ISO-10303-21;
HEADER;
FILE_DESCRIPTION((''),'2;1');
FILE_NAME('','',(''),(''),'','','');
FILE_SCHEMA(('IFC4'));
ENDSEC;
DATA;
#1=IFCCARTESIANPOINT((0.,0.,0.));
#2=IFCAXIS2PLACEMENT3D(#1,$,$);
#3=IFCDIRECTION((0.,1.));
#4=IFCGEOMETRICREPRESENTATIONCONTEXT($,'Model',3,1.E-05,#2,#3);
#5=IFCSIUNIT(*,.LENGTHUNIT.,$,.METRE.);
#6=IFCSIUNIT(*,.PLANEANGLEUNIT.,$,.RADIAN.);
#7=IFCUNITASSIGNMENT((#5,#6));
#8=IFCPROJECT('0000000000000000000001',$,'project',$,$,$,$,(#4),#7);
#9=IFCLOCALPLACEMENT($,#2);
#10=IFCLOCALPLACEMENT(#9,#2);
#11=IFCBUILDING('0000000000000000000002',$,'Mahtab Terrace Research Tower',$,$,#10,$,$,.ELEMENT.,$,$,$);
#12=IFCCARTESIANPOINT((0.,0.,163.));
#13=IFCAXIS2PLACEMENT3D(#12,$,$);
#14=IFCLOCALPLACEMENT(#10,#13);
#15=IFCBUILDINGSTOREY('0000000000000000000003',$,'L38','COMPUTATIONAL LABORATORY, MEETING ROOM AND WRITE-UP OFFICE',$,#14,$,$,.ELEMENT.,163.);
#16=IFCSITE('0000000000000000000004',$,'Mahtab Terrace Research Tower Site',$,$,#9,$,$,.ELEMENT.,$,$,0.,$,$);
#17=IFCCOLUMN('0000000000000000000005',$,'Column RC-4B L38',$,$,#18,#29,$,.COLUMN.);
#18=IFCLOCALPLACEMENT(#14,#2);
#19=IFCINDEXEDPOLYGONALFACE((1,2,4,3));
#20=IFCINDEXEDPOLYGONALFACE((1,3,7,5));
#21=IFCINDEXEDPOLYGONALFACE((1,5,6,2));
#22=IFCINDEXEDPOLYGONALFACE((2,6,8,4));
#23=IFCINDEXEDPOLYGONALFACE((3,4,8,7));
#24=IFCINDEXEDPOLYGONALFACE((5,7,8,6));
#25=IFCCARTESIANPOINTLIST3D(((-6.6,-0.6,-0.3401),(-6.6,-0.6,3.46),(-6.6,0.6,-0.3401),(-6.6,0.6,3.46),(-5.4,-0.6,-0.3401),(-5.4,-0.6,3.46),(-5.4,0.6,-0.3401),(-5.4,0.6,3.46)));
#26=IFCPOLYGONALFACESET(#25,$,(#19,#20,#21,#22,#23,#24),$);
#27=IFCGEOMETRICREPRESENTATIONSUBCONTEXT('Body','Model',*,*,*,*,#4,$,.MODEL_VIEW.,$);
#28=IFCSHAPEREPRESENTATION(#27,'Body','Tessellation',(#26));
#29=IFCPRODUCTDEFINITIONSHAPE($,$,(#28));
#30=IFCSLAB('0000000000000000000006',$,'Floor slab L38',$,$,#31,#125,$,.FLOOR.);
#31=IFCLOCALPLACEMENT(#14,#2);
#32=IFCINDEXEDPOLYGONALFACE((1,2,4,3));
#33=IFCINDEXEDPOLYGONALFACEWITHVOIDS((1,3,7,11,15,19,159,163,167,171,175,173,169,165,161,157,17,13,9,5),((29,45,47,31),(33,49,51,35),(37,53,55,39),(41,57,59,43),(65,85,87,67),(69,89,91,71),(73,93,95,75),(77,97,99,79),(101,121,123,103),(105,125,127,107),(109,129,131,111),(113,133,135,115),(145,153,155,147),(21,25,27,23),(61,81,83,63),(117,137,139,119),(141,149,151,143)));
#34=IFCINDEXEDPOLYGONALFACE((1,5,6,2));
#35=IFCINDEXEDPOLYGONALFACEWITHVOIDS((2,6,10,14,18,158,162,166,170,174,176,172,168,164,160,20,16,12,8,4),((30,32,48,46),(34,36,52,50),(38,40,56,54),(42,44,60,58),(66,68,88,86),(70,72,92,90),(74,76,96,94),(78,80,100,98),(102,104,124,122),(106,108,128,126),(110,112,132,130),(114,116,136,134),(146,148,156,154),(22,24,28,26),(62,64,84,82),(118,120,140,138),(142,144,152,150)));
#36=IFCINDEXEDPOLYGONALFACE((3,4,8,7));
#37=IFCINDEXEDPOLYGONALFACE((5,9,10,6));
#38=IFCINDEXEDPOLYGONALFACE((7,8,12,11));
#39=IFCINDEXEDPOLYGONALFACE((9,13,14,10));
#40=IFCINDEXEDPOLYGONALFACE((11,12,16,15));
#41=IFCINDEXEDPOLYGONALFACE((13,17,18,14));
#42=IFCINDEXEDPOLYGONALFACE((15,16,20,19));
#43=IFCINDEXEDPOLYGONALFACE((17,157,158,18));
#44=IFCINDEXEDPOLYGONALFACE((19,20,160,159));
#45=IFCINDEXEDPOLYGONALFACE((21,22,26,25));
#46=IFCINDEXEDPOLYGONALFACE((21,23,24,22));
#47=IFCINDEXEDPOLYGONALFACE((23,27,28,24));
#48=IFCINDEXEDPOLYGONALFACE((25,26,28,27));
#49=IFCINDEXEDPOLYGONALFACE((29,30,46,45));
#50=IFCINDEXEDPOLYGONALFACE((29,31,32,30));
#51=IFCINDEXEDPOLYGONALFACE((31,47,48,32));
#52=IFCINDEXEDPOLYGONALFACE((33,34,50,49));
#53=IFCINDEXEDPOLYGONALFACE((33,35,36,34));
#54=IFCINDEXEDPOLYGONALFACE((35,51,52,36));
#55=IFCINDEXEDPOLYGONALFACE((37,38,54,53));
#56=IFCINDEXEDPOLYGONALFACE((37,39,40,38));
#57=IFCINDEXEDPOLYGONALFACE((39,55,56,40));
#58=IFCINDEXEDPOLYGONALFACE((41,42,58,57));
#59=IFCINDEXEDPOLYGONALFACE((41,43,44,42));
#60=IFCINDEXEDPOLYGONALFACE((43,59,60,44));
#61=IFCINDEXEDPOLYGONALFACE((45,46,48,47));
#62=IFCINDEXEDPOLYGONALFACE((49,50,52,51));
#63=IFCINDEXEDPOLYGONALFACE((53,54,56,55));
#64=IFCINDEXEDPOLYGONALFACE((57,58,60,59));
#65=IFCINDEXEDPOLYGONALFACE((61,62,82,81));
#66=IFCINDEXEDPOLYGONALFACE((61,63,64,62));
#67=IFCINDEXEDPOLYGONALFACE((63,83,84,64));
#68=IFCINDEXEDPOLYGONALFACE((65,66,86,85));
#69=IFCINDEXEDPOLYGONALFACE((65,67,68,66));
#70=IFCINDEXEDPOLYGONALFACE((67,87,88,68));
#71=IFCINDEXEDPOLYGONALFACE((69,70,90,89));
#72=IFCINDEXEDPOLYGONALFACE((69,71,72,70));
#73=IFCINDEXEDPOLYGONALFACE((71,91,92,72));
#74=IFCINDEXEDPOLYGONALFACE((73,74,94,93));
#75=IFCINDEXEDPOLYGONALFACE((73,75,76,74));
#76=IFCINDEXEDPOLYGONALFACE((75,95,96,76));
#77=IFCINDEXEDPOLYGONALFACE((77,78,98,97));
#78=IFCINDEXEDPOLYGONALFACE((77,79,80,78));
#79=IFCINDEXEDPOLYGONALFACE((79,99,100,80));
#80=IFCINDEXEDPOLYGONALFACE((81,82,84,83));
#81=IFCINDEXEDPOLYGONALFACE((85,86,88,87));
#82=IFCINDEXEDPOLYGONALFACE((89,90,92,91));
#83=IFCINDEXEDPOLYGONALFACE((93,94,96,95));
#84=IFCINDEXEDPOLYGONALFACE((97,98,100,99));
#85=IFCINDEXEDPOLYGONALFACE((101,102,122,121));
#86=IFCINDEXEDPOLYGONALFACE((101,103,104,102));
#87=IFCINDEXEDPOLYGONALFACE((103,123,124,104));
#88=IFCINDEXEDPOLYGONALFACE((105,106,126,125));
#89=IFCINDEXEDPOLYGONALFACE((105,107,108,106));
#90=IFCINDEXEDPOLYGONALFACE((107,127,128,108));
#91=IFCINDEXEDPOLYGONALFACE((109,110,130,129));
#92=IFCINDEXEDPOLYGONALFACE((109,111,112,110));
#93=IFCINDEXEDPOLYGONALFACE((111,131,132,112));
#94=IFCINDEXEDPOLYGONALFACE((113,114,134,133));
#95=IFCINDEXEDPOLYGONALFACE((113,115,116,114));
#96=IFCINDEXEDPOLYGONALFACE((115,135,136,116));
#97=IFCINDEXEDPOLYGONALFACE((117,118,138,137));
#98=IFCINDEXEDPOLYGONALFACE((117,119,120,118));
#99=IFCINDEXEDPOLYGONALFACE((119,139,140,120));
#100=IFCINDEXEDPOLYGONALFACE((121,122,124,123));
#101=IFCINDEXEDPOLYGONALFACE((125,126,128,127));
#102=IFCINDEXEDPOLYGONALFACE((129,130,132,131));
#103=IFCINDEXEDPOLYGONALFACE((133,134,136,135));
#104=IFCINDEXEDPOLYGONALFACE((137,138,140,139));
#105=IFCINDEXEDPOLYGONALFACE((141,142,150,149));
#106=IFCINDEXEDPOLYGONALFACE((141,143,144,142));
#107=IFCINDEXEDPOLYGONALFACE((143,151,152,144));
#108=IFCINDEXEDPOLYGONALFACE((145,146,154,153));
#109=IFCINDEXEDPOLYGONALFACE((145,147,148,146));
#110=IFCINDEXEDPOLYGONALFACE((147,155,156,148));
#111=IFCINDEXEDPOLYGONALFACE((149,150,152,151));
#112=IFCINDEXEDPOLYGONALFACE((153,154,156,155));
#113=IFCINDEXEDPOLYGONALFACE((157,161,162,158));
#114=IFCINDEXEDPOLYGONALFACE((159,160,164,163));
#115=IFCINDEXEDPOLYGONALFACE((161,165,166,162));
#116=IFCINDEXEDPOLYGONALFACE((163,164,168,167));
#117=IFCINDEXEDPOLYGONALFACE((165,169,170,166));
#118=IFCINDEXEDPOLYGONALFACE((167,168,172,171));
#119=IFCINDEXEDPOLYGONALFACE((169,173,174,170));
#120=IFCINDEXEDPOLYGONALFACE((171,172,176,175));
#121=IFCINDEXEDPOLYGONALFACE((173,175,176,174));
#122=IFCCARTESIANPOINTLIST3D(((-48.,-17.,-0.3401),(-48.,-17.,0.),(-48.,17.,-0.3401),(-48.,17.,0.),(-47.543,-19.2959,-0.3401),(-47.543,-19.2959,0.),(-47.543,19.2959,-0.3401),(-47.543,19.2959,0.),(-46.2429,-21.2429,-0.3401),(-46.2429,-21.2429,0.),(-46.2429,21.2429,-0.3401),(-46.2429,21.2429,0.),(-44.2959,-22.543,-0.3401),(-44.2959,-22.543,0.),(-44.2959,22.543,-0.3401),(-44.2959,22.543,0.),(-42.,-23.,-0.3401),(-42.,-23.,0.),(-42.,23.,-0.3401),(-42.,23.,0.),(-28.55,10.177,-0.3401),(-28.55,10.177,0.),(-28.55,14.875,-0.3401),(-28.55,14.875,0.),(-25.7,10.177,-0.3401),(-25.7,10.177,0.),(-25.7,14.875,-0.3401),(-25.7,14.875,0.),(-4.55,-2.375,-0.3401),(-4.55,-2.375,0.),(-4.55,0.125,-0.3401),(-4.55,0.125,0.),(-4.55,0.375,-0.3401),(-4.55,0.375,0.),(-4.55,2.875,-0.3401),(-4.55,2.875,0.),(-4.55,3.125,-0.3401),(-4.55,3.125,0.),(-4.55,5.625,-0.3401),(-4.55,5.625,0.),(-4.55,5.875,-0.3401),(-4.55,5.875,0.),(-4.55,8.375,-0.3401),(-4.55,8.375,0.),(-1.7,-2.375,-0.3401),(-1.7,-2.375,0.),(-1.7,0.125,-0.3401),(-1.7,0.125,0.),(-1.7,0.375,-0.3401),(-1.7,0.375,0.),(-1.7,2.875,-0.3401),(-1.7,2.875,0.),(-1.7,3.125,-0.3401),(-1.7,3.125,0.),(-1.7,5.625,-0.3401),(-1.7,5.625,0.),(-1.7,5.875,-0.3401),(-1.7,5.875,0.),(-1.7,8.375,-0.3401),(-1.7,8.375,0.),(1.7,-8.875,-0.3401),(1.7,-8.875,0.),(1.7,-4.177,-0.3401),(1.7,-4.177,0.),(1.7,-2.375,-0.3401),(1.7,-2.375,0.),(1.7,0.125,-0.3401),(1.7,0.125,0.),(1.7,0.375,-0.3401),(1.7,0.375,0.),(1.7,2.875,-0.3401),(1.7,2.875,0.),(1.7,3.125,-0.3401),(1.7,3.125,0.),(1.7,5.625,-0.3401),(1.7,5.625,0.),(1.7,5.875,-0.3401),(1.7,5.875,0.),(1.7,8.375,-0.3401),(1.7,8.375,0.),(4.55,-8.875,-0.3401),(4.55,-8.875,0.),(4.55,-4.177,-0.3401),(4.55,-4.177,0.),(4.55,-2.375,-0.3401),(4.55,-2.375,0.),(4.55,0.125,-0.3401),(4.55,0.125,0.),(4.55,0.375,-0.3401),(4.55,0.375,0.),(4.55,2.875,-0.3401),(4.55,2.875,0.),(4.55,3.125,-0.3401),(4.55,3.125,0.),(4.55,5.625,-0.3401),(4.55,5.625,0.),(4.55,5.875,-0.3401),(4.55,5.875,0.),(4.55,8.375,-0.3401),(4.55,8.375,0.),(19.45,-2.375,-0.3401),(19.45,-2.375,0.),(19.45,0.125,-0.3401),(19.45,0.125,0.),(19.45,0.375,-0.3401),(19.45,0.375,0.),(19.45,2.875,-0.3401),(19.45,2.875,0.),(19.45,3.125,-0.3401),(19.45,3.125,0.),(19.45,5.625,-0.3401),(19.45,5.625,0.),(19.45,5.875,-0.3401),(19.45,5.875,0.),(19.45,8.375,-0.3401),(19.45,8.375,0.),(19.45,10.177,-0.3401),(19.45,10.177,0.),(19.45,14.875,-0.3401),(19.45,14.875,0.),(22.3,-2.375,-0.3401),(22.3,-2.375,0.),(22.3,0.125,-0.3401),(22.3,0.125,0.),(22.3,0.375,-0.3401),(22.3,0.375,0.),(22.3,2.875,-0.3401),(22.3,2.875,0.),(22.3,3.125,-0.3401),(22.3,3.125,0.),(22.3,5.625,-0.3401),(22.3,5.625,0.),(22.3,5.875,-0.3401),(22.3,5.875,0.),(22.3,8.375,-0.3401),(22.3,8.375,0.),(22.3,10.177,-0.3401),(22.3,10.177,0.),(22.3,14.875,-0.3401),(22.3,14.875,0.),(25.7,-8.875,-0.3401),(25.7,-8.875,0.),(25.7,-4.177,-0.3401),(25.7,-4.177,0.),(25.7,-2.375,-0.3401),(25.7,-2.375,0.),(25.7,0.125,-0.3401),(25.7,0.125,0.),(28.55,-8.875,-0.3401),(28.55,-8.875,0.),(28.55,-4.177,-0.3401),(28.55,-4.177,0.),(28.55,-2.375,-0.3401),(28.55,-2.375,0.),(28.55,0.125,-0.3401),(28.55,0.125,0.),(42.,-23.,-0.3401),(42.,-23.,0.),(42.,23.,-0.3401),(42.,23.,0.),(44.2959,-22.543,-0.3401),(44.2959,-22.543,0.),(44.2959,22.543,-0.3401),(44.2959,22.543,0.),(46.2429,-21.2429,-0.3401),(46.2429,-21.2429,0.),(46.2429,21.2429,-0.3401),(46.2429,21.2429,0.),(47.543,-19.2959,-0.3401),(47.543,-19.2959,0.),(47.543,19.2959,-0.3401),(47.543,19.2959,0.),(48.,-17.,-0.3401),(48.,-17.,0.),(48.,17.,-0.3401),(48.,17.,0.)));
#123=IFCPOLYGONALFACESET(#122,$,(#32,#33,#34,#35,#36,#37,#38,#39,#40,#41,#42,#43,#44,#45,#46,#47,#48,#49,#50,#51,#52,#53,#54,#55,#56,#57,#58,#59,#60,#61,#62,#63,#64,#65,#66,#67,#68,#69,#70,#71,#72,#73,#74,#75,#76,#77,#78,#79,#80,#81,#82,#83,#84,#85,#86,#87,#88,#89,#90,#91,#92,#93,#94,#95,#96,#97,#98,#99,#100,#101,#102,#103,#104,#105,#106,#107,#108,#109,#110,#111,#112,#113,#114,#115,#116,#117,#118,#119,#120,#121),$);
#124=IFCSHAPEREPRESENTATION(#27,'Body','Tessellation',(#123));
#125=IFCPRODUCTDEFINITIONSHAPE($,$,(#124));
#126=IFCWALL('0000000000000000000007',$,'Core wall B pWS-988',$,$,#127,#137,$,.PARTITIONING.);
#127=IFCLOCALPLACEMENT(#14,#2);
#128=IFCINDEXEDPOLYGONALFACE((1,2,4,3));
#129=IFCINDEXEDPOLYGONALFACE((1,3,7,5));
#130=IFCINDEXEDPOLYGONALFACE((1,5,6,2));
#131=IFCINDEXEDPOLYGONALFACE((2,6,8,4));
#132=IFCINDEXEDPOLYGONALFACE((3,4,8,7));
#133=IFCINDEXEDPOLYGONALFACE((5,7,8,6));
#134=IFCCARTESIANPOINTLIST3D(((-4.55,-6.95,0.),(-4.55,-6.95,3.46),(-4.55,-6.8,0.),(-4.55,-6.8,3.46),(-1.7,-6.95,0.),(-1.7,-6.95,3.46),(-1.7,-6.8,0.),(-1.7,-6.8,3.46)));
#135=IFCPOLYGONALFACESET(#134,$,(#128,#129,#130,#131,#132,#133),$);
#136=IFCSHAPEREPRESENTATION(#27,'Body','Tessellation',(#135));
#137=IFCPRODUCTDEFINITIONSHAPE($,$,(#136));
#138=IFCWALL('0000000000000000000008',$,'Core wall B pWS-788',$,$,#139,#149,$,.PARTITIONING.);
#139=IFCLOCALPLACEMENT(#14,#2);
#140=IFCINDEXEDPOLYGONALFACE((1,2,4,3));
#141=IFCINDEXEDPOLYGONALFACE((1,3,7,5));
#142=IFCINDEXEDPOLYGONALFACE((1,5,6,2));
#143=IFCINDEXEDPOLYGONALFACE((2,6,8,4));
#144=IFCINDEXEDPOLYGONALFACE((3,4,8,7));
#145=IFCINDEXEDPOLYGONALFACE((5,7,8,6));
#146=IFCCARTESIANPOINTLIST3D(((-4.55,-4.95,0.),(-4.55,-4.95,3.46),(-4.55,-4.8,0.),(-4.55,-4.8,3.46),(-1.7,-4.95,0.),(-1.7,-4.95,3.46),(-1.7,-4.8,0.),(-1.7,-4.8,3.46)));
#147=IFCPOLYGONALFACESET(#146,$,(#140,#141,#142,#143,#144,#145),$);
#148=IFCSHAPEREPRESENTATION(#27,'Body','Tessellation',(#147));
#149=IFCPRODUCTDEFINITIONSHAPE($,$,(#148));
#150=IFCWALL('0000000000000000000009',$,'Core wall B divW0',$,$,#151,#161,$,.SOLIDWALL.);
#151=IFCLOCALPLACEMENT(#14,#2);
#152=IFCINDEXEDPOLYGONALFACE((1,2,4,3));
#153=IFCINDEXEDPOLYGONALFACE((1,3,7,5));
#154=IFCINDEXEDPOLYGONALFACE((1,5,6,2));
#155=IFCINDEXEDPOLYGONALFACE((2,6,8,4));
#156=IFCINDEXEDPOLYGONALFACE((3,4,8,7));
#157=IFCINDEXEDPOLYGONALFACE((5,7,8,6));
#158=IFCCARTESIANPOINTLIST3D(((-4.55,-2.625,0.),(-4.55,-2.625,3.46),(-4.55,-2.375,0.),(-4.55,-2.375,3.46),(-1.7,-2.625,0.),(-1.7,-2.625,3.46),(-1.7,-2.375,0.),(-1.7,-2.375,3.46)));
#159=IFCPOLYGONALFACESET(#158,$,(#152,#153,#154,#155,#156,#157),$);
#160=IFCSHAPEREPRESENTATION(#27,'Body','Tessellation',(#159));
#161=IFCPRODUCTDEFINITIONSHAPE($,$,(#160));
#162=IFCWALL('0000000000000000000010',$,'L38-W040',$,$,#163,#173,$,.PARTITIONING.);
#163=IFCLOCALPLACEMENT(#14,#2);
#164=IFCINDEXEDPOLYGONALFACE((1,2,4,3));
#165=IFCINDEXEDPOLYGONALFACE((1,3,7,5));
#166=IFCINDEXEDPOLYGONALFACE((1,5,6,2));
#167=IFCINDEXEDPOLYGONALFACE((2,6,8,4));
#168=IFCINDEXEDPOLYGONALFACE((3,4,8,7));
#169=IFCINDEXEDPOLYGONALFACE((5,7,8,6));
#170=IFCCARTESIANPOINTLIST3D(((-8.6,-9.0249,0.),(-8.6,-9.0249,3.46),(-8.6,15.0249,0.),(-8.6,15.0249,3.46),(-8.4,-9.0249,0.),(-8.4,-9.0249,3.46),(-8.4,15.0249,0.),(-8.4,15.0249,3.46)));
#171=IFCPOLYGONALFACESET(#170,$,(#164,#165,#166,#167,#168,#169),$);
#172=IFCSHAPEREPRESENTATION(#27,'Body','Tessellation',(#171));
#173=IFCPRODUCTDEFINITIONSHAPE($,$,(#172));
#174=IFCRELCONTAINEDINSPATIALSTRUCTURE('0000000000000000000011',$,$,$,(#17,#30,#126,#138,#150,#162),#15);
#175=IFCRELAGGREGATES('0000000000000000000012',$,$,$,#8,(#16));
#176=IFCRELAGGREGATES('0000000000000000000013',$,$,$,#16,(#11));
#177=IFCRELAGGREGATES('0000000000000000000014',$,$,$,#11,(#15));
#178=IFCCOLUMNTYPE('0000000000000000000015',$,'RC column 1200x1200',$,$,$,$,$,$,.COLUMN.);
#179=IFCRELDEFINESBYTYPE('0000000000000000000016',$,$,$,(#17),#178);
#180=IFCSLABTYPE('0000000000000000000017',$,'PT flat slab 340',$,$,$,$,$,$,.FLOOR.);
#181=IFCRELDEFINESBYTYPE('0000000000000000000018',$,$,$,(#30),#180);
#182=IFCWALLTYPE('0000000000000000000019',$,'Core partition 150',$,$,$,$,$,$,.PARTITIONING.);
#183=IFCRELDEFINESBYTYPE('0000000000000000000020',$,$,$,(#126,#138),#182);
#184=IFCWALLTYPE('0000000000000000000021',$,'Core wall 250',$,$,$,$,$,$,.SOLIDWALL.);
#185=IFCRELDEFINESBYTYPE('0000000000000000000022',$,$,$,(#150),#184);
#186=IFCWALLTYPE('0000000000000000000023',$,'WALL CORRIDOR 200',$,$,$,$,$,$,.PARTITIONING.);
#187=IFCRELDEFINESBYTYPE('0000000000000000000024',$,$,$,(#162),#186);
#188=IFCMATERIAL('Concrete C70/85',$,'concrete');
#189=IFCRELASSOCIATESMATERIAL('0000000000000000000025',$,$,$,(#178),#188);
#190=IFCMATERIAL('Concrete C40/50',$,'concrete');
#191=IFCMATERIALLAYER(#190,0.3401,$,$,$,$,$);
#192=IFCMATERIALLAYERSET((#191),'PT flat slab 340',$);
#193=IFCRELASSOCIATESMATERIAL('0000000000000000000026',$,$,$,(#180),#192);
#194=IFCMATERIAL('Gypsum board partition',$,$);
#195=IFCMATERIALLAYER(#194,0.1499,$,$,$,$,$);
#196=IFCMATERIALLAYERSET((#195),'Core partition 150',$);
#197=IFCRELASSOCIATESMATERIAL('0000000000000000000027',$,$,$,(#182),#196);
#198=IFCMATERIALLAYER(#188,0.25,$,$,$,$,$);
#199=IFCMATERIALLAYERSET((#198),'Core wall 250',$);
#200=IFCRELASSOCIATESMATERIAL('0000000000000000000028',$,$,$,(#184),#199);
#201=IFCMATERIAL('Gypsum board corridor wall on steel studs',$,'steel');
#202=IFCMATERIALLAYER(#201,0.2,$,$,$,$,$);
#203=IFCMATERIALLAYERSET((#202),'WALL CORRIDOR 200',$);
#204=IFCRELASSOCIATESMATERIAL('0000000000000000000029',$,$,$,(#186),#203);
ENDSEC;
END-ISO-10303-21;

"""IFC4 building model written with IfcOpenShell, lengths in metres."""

from ifc_helpers import new_model, si_unit, direction, frame, frame_2d, origin, origin_2d, place, context, subcontext, project, spatial, polyline, rectangle, outline, extrude, material, layer, layer_set, material_profile, profile_set, type_object, element, save


model = new_model("IFC4")

# Units and contexts
model_context = context("Model", 3, precision=1e-05, world=origin(), true_north=direction((0.0, 1.0)))
body_context = subcontext(model_context, "Body", "Model", "MODEL_VIEW")
ifc_project = project(units=[si_unit("LENGTHUNIT", "METRE"), si_unit("PLANEANGLEUNIT", "RADIAN")], contexts=[model_context])

# Site, building, storey
site_placement = place(None, origin())
site = spatial("IfcSite", under=ifc_project, at=site_placement, Name="Mahtab Terrace Research Tower Site", CompositionType="ELEMENT", RefElevation=0.0)
building_placement = place(site_placement, origin())
building = spatial("IfcBuilding", under=site, at=building_placement, Name="Mahtab Terrace Research Tower", CompositionType="ELEMENT")
storey_placement = place(building_placement, frame((0.0, 0.0, 163.0)))
storey = spatial("IfcBuildingStorey", under=building, at=storey_placement, Name="L38", Description="COMPUTATIONAL LABORATORY, MEETING ROOM AND WRITE-UP OFFICE", CompositionType="ELEMENT", Elevation=163.0)

# Column
ifc_material_1 = material(Name="Concrete C70/85", Category="concrete")
ifc_material_profile = material_profile(ifc_material_1, rectangle(XDim=1.2, YDim=1.2, at=origin_2d()), Name="RC column 1200x1200")
ifc_profile_set = profile_set([ifc_material_profile], Name="Concrete C70/85")
column_type = type_object("IfcColumnType", Name="RC column 1200x1200", PredefinedType="COLUMN", material=ifc_profile_set)
column_placement = place(storey_placement, frame((-6.0, 0.0, -0.3401), z_axis=(0.0, 0.0, 1.0), x_axis=(1.0, 0.0, 0.0)))
element("IfcColumn", 1, at=column_placement, inside=storey, type_object=column_type, Name="Column RC-4B L38", PredefinedType="COLUMN", context=body_context, shape_type="SweptSolid", body=[
    extrude(rectangle(XDim=1.2, YDim=1.2, at=origin_2d()), origin(), (0.0, 0.0, 1.0), 3.8),
])

# Slab
ifc_material_2 = material(Name="Concrete C40/50", Category="concrete")
ifc_layer_1 = layer(ifc_material_2, 0.3401)
ifc_layer_set_1 = layer_set([ifc_layer_1], Name="PT flat slab 340")
slab_type = type_object("IfcSlabType", Name="PT flat slab 340", PredefinedType="FLOOR", material=ifc_layer_set_1)
slab_placement = place(storey_placement, frame((0.0, 0.0, -0.3401)))
element("IfcSlab", 2, at=slab_placement, inside=storey, type_object=slab_type, Name="Floor slab L38", PredefinedType="FLOOR", context=body_context, shape_type="SweptSolid", body=[
    extrude(outline(polyline([(47.543, 19.2959), (46.2429, 21.2429), (44.2959, 22.543), (42.0, 23.0), (-42.0, 23.0), (-44.2959, 22.543), (-46.2429, 21.2429), (-47.543, 19.2959), (-48.0, 17.0), (-48.0, -17.0), (-47.543, -19.2959), (-46.2429, -21.2429), (-44.2959, -22.543), (-42.0, -23.0), (42.0, -23.0), (44.2959, -22.543), (46.2429, -21.2429), (47.543, -19.2959), (48.0, -17.0), (48.0, 17.0), (47.543, 19.2959)]), holes=[polyline([(-4.55, -2.375), (-4.55, 0.125), (-1.7, 0.125), (-1.7, -2.375), (-4.55, -2.375)]), polyline([(1.7, -2.375), (1.7, 0.125), (4.55, 0.125), (4.55, -2.375), (1.7, -2.375)]), polyline([(-4.55, 0.375), (-4.55, 2.875), (-1.7, 2.875), (-1.7, 0.375), (-4.55, 0.375)]), polyline([(1.7, 0.375), (1.7, 2.875), (4.55, 2.875), (4.55, 0.375), (1.7, 0.375)]), polyline([(-4.55, 3.125), (-4.55, 5.625), (-1.7, 5.625), (-1.7, 3.125), (-4.55, 3.125)]), polyline([(1.7, 3.125), (1.7, 5.625), (4.55, 5.625), (4.55, 3.125), (1.7, 3.125)]), polyline([(-4.55, 5.875), (-4.55, 8.375), (-1.7, 8.375), (-1.7, 5.875), (-4.55, 5.875)]), polyline([(1.7, 5.875), (1.7, 8.375), (4.55, 8.375), (4.55, 5.875), (1.7, 5.875)]), polyline([(-28.55, 10.177), (-28.55, 14.875), (-25.7, 14.875), (-25.7, 10.177), (-28.55, 10.177)]), polyline([(1.7, -8.875), (1.7, -4.177), (4.55, -4.177), (4.55, -8.875), (1.7, -8.875)]), polyline([(25.7, -8.875), (25.7, -4.177), (28.55, -4.177), (28.55, -8.875), (25.7, -8.875)]), polyline([(19.45, -2.375), (19.45, 0.125), (22.3, 0.125), (22.3, -2.375), (19.45, -2.375)]), polyline([(25.7, -2.375), (25.7, 0.125), (28.55, 0.125), (28.55, -2.375), (25.7, -2.375)]), polyline([(19.45, 0.375), (19.45, 2.875), (22.3, 2.875), (22.3, 0.375), (19.45, 0.375)]), polyline([(19.45, 3.125), (19.45, 5.625), (22.3, 5.625), (22.3, 3.125), (19.45, 3.125)]), polyline([(19.45, 8.375), (22.3, 8.375), (22.3, 5.875), (19.45, 5.875), (19.45, 8.375)]), polyline([(19.45, 14.875), (22.3, 14.875), (22.3, 10.177), (19.45, 10.177), (19.45, 14.875)])]), origin(), (0.0, 0.0, 1.0), 0.3401),
])

# Walls
ifc_material_3 = material(Name="Gypsum board partition")
ifc_layer_2 = layer(ifc_material_3, 0.1499)
ifc_layer_set_2 = layer_set([ifc_layer_2], Name="Core partition 150")
wall_type_1 = type_object("IfcWallType", Name="Core partition 150", PredefinedType="PARTITIONING", material=ifc_layer_set_2)
for number, where, z_axis, x_axis, name in (
    (3, (-4.55, -6.875, 0.0), (0.0, 0.0, 1.0), (1.0, 0.0, 0.0), "Core wall B pWS-988"),
    (4, (-4.55, -4.875, 0.0), (0.0, 0.0, 1.0), (1.0, 0.0, 0.0), "Core wall B pWS-788"),
):
    element("IfcWall", number, at=place(storey_placement, frame(where, z_axis=z_axis, x_axis=x_axis)), inside=storey, type_object=wall_type_1, Name=name, PredefinedType="PARTITIONING", context=body_context, shape_type="SweptSolid", body=[
        extrude(rectangle(XDim=2.8501, YDim=0.1499, at=frame_2d((1.425, 0.0))), origin(), (0.0, 0.0, 1.0), 3.46),
    ])

# Shared definitions
ifc_layer_3 = layer(ifc_material_1, 0.25)
ifc_layer_set_3 = layer_set([ifc_layer_3], Name="Core wall 250")
wall_type_2 = type_object("IfcWallType", Name="Core wall 250", PredefinedType="SOLIDWALL", material=ifc_layer_set_3)

# Walls
wall_1_placement = place(storey_placement, frame((-4.55, -2.5, 0.0), z_axis=(0.0, 0.0, 1.0), x_axis=(1.0, 0.0, 0.0)))
element("IfcWall", 5, at=wall_1_placement, inside=storey, type_object=wall_type_2, Name="Core wall B divW0", PredefinedType="SOLIDWALL", context=body_context, shape_type="SweptSolid", body=[
    extrude(rectangle(XDim=2.8501, YDim=0.25, at=frame_2d((1.425, 0.0))), origin(), (0.0, 0.0, 1.0), 3.46),
])
ifc_material_4 = material(Name="Gypsum board corridor wall on steel studs", Category="steel")
ifc_layer_4 = layer(ifc_material_4, 0.2)
ifc_layer_set_4 = layer_set([ifc_layer_4], Name="WALL CORRIDOR 200")
wall_type_3 = type_object("IfcWallType", Name="WALL CORRIDOR 200", PredefinedType="PARTITIONING", material=ifc_layer_set_4)
wall_2_placement = place(storey_placement, frame((-8.5, -9.0249, 0.0), z_axis=(0.0, 0.0, 1.0), x_axis=(0.0, 1.0, 0.0)))
element("IfcWall", 6, at=wall_2_placement, inside=storey, type_object=wall_type_3, Name="L38-W040", PredefinedType="PARTITIONING", context=body_context, shape_type="SweptSolid", body=[
    extrude(rectangle(XDim=24.0498, YDim=0.2, at=frame_2d((12.0249, 0.0))), origin(), (0.0, 0.0, 1.0), 3.46),
])

save(model, "model.ifc")
